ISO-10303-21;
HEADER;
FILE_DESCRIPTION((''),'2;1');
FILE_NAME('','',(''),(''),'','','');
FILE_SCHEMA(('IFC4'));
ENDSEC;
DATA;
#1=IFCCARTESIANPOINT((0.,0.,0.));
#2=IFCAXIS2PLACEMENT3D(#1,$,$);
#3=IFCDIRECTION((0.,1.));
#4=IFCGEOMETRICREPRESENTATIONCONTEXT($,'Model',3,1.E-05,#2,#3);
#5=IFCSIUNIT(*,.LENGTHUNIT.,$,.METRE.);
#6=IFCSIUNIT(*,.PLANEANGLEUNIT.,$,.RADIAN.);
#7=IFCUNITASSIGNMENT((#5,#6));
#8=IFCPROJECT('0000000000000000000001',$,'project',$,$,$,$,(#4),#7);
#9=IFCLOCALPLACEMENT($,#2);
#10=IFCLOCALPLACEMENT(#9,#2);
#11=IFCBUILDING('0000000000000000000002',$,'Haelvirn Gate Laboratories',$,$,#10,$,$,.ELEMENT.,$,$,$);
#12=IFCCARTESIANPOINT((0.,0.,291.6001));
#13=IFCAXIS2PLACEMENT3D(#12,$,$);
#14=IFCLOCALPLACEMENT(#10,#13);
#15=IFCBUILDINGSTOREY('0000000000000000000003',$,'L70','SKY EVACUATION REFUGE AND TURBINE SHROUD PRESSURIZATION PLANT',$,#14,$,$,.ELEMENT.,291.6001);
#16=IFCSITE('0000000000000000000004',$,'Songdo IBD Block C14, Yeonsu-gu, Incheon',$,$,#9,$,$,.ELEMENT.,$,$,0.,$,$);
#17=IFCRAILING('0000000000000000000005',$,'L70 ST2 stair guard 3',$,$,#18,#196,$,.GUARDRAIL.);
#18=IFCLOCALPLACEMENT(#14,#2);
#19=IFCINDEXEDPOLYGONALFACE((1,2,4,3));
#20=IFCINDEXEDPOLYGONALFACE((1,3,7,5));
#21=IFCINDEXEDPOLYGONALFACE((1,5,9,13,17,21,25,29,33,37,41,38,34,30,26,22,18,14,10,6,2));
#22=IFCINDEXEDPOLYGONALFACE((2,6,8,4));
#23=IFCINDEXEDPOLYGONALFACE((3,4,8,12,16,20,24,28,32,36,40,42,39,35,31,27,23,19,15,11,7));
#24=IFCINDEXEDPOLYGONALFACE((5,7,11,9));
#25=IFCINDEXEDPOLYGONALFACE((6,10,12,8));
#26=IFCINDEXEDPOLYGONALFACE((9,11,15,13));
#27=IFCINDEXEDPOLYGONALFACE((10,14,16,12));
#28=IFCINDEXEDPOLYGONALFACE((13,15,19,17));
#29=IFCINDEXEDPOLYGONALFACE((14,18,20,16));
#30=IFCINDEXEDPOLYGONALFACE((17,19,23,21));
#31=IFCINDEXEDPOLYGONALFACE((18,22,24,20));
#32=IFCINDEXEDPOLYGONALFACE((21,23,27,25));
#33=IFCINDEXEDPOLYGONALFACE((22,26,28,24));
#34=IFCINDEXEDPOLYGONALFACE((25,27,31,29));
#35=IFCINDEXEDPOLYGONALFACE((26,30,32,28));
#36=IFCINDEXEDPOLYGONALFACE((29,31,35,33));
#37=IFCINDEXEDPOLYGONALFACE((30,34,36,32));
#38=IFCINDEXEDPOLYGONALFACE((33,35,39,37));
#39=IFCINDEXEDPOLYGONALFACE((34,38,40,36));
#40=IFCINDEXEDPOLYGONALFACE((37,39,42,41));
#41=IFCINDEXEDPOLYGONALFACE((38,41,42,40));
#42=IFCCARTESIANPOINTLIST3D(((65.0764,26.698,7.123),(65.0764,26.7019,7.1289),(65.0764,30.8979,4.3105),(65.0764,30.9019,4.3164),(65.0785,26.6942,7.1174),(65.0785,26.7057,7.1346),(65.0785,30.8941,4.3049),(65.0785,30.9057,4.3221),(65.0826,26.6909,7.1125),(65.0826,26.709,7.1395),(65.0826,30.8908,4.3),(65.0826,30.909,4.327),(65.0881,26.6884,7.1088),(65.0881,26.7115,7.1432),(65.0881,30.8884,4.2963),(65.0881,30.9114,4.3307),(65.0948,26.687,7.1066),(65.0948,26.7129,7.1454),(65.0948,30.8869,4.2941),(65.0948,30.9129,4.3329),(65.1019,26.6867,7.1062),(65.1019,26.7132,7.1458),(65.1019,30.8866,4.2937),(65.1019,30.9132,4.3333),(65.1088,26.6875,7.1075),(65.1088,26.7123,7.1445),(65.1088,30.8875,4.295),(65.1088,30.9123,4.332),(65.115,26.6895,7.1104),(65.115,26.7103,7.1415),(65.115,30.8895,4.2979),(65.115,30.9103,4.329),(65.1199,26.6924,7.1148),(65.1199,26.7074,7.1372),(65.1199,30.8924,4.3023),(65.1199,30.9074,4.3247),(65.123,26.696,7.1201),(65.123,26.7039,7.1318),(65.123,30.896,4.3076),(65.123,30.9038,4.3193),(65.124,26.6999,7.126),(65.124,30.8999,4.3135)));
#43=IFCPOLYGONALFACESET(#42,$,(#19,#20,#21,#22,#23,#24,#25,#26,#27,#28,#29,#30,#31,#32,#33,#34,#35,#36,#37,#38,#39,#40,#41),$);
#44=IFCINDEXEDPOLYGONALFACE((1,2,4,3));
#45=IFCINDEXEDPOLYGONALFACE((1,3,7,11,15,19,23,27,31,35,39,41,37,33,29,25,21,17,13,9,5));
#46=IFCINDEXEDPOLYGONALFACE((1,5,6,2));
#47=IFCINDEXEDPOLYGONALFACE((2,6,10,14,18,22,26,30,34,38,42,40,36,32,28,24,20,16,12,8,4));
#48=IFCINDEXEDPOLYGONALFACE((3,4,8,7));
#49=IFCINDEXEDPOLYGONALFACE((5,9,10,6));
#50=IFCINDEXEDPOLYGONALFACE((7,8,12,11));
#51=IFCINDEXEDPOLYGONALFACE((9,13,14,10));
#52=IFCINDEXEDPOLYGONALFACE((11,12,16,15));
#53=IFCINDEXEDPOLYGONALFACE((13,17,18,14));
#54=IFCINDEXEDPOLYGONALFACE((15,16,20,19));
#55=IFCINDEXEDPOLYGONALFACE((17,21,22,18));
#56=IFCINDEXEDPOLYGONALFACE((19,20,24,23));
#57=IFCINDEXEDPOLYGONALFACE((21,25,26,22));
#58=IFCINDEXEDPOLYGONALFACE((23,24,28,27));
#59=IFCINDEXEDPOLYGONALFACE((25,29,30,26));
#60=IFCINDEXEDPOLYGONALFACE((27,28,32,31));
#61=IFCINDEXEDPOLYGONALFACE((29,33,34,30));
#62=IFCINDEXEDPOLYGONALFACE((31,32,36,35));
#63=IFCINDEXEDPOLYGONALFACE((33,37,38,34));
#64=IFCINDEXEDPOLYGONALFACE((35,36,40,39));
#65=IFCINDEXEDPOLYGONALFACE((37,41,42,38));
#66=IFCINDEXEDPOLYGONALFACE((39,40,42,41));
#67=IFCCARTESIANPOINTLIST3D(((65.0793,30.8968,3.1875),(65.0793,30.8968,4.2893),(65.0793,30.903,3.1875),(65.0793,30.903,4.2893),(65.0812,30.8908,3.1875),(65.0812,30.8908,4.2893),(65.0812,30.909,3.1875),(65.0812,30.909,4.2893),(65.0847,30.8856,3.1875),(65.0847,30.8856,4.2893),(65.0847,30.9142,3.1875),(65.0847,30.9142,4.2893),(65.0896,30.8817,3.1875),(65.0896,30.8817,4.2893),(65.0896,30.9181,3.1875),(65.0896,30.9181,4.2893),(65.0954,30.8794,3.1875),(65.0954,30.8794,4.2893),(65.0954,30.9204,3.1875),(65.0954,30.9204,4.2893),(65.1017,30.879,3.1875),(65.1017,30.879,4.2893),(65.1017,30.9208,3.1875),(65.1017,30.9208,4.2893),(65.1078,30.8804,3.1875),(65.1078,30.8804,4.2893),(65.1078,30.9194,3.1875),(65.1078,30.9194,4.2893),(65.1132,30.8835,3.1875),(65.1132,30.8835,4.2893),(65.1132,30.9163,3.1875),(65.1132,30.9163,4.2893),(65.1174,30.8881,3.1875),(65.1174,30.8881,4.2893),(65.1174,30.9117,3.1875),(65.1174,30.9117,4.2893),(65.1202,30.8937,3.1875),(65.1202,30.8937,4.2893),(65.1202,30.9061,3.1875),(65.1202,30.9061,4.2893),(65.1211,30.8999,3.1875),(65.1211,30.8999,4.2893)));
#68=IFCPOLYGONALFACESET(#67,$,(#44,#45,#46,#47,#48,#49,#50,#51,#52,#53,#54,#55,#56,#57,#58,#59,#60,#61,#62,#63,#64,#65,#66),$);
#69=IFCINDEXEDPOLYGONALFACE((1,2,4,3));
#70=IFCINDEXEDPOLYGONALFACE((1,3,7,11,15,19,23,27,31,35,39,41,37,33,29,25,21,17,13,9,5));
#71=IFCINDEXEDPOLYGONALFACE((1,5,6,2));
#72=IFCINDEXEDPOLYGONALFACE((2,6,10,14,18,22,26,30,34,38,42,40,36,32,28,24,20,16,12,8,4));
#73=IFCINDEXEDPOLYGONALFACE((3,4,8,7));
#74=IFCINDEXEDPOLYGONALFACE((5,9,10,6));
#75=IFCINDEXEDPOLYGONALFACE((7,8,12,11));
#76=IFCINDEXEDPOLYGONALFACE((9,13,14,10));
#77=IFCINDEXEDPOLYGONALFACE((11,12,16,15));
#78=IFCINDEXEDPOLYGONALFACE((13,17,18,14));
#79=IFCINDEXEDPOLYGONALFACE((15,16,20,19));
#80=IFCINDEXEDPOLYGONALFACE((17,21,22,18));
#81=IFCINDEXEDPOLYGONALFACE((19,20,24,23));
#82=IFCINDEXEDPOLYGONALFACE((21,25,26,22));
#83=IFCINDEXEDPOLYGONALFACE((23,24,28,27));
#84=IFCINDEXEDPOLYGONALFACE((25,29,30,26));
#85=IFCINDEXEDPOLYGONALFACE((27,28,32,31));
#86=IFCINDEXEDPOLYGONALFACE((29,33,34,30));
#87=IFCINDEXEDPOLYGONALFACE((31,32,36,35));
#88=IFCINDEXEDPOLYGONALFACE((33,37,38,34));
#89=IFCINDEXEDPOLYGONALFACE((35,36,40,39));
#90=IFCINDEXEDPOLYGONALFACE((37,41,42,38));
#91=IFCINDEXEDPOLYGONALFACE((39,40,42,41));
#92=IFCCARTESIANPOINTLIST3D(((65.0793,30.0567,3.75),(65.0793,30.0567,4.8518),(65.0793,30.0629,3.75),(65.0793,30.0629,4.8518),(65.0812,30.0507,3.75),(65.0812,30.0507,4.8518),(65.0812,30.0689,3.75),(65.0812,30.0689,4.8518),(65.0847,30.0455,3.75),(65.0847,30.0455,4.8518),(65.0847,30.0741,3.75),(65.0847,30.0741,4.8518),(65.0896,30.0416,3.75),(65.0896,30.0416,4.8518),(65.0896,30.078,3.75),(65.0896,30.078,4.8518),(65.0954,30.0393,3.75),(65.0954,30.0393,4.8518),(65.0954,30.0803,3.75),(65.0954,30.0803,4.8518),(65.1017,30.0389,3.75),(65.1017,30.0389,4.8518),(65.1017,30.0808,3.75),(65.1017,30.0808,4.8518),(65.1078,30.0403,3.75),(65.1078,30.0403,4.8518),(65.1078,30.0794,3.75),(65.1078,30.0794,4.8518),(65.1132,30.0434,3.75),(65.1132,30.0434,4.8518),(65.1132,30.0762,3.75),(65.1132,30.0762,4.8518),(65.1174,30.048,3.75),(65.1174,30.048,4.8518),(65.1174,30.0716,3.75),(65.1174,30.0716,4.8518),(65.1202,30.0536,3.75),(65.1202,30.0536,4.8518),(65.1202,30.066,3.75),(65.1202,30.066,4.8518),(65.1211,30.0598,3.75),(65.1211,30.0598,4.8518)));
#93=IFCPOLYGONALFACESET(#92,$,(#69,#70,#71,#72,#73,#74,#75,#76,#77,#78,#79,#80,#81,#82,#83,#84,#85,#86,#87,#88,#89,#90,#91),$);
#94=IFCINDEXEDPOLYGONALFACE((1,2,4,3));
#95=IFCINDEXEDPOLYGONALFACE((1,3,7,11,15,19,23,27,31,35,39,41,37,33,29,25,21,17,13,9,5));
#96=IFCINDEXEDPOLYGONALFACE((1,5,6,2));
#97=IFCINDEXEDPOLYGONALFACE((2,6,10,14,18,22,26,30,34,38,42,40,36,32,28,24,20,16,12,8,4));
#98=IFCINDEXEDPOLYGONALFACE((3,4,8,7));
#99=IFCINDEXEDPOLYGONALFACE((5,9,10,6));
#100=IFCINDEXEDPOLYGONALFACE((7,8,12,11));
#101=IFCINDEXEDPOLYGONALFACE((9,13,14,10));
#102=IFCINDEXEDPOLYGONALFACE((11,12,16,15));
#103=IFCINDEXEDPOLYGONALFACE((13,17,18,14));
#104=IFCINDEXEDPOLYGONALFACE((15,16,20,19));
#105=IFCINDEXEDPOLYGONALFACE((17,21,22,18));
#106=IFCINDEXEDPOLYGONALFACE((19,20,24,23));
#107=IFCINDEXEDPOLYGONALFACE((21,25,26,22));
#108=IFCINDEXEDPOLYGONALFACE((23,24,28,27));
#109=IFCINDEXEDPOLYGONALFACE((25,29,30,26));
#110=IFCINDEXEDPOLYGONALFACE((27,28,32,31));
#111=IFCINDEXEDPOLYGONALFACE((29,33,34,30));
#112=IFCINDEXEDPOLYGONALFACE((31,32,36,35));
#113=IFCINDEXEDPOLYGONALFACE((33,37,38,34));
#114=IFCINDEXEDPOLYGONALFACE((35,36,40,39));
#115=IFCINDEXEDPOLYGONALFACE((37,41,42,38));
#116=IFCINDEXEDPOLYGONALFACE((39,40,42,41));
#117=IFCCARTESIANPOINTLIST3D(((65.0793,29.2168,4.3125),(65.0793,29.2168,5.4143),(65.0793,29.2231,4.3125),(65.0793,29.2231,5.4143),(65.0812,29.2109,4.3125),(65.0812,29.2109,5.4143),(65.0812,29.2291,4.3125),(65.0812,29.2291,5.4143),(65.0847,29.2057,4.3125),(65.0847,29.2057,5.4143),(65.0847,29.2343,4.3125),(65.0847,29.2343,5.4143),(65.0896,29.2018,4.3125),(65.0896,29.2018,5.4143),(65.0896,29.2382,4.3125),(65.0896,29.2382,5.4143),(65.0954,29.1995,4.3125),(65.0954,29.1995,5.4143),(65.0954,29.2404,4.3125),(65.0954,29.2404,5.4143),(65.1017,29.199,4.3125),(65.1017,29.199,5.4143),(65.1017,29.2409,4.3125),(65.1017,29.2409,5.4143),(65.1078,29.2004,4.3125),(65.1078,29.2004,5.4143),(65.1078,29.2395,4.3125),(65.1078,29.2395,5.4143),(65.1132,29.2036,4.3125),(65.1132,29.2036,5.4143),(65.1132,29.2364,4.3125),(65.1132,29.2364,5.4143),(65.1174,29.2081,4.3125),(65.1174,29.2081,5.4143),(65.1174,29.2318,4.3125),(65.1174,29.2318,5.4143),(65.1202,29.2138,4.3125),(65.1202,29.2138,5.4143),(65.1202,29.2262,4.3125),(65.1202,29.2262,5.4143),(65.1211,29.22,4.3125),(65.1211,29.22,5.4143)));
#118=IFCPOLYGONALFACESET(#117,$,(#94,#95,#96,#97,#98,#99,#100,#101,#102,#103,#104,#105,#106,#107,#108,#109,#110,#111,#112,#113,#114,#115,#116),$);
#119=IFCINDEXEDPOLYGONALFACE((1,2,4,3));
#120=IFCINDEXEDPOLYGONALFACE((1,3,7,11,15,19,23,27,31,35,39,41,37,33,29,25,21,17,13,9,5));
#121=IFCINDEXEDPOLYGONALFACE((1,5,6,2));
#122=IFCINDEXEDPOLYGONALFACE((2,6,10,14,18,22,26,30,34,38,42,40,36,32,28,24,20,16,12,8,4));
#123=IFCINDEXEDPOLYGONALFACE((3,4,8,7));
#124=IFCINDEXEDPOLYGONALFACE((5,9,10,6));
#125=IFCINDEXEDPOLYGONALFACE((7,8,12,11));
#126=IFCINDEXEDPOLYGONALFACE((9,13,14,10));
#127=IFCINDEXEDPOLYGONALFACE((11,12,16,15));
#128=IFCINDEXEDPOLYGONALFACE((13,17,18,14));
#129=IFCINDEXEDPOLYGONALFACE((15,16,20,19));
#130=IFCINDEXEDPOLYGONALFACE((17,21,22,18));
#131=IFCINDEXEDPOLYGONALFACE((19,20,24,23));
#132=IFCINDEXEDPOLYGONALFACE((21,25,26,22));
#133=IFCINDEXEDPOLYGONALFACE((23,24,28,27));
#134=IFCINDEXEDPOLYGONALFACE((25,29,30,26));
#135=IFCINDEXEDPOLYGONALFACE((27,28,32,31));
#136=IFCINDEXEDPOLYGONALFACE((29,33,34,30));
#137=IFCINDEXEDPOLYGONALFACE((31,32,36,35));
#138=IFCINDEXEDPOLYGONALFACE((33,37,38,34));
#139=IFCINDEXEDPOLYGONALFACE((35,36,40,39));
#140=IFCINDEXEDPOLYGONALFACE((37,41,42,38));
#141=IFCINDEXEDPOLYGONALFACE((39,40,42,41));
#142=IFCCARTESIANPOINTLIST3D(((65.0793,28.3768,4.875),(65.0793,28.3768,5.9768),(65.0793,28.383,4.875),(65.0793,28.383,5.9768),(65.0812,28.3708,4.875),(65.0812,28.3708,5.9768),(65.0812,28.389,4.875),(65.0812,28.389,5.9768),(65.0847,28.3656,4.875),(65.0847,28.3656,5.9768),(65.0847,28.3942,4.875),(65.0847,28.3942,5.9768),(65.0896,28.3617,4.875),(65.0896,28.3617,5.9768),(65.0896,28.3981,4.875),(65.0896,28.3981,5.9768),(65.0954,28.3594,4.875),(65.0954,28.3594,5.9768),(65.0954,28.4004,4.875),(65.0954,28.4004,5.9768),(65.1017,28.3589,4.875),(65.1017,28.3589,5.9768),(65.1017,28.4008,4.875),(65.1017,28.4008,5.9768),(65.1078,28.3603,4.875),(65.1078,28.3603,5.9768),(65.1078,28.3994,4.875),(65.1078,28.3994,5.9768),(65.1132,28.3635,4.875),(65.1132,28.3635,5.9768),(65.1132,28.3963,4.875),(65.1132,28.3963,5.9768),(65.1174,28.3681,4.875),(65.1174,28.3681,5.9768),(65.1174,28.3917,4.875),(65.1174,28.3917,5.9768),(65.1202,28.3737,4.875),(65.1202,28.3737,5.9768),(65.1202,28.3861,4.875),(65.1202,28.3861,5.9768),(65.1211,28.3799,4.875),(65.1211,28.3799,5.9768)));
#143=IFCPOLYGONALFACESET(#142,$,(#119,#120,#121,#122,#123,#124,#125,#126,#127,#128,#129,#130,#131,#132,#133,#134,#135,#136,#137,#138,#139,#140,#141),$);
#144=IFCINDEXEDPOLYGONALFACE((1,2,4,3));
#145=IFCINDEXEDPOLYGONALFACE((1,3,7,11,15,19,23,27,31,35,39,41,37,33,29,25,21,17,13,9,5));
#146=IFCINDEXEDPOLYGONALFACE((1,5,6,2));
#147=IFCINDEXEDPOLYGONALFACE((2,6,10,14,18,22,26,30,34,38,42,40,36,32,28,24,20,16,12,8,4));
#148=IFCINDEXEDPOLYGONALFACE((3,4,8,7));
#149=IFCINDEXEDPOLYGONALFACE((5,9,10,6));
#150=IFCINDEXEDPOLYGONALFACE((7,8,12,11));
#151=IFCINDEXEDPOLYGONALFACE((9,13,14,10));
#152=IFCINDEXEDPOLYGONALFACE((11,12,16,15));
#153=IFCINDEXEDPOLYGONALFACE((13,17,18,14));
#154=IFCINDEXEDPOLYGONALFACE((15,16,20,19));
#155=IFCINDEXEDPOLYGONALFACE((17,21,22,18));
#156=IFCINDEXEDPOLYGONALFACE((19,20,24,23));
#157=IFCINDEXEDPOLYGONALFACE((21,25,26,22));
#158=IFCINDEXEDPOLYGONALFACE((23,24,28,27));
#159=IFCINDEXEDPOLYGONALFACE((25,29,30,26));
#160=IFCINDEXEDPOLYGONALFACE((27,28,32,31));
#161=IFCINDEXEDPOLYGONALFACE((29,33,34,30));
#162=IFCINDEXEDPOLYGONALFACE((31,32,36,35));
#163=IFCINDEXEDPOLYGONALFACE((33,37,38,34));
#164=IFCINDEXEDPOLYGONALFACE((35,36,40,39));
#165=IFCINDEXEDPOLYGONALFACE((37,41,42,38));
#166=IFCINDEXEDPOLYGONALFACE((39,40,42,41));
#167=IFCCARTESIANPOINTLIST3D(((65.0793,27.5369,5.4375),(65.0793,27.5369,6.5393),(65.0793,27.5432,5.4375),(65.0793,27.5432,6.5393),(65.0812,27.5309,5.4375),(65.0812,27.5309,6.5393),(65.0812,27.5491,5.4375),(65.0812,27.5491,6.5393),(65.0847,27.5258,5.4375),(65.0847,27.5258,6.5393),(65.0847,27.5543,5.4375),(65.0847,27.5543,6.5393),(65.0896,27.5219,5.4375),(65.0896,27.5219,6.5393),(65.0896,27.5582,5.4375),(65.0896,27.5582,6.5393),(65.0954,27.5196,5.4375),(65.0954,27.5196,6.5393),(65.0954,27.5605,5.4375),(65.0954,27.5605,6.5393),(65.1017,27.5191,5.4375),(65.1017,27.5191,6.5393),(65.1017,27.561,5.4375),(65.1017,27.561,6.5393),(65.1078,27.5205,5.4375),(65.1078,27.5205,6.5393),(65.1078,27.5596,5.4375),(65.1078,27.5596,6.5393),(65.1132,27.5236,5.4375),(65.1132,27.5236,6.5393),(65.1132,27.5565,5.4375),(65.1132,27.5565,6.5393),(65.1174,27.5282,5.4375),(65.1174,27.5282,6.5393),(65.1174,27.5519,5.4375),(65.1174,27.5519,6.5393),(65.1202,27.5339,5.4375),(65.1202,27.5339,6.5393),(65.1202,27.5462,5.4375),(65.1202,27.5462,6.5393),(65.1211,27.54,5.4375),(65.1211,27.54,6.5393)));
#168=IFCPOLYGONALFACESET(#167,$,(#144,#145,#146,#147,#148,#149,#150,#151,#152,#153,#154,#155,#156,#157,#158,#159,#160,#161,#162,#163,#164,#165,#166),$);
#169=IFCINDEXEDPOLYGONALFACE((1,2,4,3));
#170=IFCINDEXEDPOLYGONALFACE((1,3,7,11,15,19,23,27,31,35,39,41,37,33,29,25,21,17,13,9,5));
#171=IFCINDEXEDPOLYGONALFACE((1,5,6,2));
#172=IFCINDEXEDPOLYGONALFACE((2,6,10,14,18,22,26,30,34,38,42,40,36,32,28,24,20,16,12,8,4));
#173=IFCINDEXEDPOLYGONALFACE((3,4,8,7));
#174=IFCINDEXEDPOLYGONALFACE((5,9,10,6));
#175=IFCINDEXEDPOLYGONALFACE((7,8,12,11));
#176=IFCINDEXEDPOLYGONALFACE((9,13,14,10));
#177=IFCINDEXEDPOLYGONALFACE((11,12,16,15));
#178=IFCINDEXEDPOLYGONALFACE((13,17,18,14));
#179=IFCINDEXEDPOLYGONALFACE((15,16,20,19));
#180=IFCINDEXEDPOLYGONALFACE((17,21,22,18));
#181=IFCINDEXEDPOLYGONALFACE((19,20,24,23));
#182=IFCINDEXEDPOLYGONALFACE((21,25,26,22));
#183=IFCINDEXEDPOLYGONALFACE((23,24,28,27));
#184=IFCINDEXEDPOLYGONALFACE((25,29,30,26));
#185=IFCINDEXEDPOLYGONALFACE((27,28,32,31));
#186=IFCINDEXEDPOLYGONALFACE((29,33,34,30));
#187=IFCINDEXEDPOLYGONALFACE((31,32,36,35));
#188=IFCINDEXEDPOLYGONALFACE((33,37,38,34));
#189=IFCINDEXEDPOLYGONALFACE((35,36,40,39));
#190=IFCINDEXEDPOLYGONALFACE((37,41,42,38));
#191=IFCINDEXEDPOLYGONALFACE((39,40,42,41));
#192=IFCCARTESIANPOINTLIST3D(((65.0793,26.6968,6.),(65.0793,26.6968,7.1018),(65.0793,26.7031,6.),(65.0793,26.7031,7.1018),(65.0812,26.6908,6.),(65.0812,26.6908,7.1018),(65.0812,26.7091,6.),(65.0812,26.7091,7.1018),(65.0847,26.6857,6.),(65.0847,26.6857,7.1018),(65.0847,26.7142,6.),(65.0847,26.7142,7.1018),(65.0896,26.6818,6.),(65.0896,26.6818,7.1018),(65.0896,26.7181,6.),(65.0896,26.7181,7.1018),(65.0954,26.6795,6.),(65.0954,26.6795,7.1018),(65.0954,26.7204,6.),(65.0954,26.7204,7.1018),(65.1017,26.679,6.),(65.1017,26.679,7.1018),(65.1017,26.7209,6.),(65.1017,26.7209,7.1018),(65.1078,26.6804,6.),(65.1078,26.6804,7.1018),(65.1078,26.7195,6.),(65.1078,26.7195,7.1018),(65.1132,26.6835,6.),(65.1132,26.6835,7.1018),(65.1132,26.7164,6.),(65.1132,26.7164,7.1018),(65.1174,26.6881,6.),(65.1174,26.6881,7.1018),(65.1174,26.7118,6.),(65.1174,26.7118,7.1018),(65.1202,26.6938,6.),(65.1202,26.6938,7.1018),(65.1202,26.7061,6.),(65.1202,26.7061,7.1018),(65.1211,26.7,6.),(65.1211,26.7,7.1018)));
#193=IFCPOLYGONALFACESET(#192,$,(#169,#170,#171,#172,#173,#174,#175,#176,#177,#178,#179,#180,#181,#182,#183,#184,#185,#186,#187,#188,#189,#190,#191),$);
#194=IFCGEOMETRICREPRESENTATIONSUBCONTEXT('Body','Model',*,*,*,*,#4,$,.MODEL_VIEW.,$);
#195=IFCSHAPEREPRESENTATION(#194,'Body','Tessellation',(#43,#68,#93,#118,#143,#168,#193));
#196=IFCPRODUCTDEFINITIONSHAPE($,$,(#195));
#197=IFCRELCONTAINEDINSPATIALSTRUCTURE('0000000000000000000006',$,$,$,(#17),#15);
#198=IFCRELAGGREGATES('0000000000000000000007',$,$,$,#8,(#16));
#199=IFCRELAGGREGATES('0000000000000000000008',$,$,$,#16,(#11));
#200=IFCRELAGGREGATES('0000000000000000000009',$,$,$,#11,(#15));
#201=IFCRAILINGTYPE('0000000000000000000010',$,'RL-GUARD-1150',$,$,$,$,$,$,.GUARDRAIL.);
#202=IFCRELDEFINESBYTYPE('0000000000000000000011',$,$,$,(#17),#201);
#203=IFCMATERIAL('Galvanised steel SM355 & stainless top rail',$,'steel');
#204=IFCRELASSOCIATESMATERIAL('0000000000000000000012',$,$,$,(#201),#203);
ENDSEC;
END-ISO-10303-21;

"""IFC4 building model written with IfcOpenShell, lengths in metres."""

from ifc_helpers import new_model, si_unit, direction, frame, origin, origin_2d, place, context, subcontext, project, spatial, circle, extrude, source, transform, mapped, material, type_object, element, save


model = new_model("IFC4")

# Units and contexts
model_context = context("Model", 3, precision=1e-05, world=origin(), true_north=direction((0.0, 1.0)))
body_context = subcontext(model_context, "Body", "Model", "MODEL_VIEW")
ifc_project = project(units=[si_unit("LENGTHUNIT", "METRE"), si_unit("PLANEANGLEUNIT", "RADIAN")], contexts=[model_context])

# Site, building, storey
site_placement = place(None, origin())
site = spatial("IfcSite", under=ifc_project, at=site_placement, Name="Songdo IBD Block C14, Yeonsu-gu, Incheon", CompositionType="ELEMENT", RefElevation=0.0)
building_placement = place(site_placement, origin())
building = spatial("IfcBuilding", under=site, at=building_placement, Name="Haelvirn Gate Laboratories", CompositionType="ELEMENT")
storey_placement = place(building_placement, frame((0.0, 0.0, 291.6001)))
storey = spatial("IfcBuildingStorey", under=building, at=storey_placement, Name="L70", Description="SKY EVACUATION REFUGE AND TURBINE SHROUD PRESSURIZATION PLANT", CompositionType="ELEMENT", Elevation=291.6001)

# Railing
ifc_material_1 = material(Name="Galvanised steel SM355 & stainless top rail", Category="steel")
railing_type_1 = type_object("IfcRailingType", Name="RL-GUARD-1150", PredefinedType="GUARDRAIL", material=ifc_material_1)
shared_shape_1 = source(origin(), body_context, "Body", "SweptSolid", [
    extrude(circle(Radius=0.0239, at=origin_2d()), frame((0.0, 0.0, 1.126), z_axis=(0.0, -0.830904, 0.556416), x_axis=(1.0, 0.0, 0.0)), (0.0, 0.0, 1.0), 5.0547),
    extrude(circle(Radius=0.021, at=origin_2d()), origin(), (0.0, 0.0, 1.0), 1.1018),
    extrude(circle(Radius=0.021, at=origin_2d()), frame((0.0, -0.8401, 0.5625)), (0.0, 0.0, 1.0), 1.1018),
    extrude(circle(Radius=0.021, at=origin_2d()), frame((0.0, -1.6799, 1.125)), (0.0, 0.0, 1.0), 1.1018),
    extrude(circle(Radius=0.021, at=origin_2d()), frame((0.0, -2.52, 1.6875)), (0.0, 0.0, 1.0), 1.1018),
    extrude(circle(Radius=0.021, at=origin_2d()), frame((0.0, -3.3599, 2.25)), (0.0, 0.0, 1.0), 1.1018),
    extrude(circle(Radius=0.021, at=origin_2d()), frame((0.0, -4.2, 2.8125)), (0.0, 0.0, 1.0), 1.1018),
])
railing_1_placement = place(storey_placement, frame((65.1001, 30.8999, 3.1875)))
element("IfcRailing", 1, at=railing_1_placement, inside=storey, type_object=railing_type_1, Name="L70 ST2 stair guard 3", PredefinedType="GUARDRAIL", context=body_context, shape_type="MappedRepresentation", body=[
    mapped(shared_shape_1, transform((0.0, 0.0, 0.0), scale=1.0)),
])

save(model, "model.ifc")
